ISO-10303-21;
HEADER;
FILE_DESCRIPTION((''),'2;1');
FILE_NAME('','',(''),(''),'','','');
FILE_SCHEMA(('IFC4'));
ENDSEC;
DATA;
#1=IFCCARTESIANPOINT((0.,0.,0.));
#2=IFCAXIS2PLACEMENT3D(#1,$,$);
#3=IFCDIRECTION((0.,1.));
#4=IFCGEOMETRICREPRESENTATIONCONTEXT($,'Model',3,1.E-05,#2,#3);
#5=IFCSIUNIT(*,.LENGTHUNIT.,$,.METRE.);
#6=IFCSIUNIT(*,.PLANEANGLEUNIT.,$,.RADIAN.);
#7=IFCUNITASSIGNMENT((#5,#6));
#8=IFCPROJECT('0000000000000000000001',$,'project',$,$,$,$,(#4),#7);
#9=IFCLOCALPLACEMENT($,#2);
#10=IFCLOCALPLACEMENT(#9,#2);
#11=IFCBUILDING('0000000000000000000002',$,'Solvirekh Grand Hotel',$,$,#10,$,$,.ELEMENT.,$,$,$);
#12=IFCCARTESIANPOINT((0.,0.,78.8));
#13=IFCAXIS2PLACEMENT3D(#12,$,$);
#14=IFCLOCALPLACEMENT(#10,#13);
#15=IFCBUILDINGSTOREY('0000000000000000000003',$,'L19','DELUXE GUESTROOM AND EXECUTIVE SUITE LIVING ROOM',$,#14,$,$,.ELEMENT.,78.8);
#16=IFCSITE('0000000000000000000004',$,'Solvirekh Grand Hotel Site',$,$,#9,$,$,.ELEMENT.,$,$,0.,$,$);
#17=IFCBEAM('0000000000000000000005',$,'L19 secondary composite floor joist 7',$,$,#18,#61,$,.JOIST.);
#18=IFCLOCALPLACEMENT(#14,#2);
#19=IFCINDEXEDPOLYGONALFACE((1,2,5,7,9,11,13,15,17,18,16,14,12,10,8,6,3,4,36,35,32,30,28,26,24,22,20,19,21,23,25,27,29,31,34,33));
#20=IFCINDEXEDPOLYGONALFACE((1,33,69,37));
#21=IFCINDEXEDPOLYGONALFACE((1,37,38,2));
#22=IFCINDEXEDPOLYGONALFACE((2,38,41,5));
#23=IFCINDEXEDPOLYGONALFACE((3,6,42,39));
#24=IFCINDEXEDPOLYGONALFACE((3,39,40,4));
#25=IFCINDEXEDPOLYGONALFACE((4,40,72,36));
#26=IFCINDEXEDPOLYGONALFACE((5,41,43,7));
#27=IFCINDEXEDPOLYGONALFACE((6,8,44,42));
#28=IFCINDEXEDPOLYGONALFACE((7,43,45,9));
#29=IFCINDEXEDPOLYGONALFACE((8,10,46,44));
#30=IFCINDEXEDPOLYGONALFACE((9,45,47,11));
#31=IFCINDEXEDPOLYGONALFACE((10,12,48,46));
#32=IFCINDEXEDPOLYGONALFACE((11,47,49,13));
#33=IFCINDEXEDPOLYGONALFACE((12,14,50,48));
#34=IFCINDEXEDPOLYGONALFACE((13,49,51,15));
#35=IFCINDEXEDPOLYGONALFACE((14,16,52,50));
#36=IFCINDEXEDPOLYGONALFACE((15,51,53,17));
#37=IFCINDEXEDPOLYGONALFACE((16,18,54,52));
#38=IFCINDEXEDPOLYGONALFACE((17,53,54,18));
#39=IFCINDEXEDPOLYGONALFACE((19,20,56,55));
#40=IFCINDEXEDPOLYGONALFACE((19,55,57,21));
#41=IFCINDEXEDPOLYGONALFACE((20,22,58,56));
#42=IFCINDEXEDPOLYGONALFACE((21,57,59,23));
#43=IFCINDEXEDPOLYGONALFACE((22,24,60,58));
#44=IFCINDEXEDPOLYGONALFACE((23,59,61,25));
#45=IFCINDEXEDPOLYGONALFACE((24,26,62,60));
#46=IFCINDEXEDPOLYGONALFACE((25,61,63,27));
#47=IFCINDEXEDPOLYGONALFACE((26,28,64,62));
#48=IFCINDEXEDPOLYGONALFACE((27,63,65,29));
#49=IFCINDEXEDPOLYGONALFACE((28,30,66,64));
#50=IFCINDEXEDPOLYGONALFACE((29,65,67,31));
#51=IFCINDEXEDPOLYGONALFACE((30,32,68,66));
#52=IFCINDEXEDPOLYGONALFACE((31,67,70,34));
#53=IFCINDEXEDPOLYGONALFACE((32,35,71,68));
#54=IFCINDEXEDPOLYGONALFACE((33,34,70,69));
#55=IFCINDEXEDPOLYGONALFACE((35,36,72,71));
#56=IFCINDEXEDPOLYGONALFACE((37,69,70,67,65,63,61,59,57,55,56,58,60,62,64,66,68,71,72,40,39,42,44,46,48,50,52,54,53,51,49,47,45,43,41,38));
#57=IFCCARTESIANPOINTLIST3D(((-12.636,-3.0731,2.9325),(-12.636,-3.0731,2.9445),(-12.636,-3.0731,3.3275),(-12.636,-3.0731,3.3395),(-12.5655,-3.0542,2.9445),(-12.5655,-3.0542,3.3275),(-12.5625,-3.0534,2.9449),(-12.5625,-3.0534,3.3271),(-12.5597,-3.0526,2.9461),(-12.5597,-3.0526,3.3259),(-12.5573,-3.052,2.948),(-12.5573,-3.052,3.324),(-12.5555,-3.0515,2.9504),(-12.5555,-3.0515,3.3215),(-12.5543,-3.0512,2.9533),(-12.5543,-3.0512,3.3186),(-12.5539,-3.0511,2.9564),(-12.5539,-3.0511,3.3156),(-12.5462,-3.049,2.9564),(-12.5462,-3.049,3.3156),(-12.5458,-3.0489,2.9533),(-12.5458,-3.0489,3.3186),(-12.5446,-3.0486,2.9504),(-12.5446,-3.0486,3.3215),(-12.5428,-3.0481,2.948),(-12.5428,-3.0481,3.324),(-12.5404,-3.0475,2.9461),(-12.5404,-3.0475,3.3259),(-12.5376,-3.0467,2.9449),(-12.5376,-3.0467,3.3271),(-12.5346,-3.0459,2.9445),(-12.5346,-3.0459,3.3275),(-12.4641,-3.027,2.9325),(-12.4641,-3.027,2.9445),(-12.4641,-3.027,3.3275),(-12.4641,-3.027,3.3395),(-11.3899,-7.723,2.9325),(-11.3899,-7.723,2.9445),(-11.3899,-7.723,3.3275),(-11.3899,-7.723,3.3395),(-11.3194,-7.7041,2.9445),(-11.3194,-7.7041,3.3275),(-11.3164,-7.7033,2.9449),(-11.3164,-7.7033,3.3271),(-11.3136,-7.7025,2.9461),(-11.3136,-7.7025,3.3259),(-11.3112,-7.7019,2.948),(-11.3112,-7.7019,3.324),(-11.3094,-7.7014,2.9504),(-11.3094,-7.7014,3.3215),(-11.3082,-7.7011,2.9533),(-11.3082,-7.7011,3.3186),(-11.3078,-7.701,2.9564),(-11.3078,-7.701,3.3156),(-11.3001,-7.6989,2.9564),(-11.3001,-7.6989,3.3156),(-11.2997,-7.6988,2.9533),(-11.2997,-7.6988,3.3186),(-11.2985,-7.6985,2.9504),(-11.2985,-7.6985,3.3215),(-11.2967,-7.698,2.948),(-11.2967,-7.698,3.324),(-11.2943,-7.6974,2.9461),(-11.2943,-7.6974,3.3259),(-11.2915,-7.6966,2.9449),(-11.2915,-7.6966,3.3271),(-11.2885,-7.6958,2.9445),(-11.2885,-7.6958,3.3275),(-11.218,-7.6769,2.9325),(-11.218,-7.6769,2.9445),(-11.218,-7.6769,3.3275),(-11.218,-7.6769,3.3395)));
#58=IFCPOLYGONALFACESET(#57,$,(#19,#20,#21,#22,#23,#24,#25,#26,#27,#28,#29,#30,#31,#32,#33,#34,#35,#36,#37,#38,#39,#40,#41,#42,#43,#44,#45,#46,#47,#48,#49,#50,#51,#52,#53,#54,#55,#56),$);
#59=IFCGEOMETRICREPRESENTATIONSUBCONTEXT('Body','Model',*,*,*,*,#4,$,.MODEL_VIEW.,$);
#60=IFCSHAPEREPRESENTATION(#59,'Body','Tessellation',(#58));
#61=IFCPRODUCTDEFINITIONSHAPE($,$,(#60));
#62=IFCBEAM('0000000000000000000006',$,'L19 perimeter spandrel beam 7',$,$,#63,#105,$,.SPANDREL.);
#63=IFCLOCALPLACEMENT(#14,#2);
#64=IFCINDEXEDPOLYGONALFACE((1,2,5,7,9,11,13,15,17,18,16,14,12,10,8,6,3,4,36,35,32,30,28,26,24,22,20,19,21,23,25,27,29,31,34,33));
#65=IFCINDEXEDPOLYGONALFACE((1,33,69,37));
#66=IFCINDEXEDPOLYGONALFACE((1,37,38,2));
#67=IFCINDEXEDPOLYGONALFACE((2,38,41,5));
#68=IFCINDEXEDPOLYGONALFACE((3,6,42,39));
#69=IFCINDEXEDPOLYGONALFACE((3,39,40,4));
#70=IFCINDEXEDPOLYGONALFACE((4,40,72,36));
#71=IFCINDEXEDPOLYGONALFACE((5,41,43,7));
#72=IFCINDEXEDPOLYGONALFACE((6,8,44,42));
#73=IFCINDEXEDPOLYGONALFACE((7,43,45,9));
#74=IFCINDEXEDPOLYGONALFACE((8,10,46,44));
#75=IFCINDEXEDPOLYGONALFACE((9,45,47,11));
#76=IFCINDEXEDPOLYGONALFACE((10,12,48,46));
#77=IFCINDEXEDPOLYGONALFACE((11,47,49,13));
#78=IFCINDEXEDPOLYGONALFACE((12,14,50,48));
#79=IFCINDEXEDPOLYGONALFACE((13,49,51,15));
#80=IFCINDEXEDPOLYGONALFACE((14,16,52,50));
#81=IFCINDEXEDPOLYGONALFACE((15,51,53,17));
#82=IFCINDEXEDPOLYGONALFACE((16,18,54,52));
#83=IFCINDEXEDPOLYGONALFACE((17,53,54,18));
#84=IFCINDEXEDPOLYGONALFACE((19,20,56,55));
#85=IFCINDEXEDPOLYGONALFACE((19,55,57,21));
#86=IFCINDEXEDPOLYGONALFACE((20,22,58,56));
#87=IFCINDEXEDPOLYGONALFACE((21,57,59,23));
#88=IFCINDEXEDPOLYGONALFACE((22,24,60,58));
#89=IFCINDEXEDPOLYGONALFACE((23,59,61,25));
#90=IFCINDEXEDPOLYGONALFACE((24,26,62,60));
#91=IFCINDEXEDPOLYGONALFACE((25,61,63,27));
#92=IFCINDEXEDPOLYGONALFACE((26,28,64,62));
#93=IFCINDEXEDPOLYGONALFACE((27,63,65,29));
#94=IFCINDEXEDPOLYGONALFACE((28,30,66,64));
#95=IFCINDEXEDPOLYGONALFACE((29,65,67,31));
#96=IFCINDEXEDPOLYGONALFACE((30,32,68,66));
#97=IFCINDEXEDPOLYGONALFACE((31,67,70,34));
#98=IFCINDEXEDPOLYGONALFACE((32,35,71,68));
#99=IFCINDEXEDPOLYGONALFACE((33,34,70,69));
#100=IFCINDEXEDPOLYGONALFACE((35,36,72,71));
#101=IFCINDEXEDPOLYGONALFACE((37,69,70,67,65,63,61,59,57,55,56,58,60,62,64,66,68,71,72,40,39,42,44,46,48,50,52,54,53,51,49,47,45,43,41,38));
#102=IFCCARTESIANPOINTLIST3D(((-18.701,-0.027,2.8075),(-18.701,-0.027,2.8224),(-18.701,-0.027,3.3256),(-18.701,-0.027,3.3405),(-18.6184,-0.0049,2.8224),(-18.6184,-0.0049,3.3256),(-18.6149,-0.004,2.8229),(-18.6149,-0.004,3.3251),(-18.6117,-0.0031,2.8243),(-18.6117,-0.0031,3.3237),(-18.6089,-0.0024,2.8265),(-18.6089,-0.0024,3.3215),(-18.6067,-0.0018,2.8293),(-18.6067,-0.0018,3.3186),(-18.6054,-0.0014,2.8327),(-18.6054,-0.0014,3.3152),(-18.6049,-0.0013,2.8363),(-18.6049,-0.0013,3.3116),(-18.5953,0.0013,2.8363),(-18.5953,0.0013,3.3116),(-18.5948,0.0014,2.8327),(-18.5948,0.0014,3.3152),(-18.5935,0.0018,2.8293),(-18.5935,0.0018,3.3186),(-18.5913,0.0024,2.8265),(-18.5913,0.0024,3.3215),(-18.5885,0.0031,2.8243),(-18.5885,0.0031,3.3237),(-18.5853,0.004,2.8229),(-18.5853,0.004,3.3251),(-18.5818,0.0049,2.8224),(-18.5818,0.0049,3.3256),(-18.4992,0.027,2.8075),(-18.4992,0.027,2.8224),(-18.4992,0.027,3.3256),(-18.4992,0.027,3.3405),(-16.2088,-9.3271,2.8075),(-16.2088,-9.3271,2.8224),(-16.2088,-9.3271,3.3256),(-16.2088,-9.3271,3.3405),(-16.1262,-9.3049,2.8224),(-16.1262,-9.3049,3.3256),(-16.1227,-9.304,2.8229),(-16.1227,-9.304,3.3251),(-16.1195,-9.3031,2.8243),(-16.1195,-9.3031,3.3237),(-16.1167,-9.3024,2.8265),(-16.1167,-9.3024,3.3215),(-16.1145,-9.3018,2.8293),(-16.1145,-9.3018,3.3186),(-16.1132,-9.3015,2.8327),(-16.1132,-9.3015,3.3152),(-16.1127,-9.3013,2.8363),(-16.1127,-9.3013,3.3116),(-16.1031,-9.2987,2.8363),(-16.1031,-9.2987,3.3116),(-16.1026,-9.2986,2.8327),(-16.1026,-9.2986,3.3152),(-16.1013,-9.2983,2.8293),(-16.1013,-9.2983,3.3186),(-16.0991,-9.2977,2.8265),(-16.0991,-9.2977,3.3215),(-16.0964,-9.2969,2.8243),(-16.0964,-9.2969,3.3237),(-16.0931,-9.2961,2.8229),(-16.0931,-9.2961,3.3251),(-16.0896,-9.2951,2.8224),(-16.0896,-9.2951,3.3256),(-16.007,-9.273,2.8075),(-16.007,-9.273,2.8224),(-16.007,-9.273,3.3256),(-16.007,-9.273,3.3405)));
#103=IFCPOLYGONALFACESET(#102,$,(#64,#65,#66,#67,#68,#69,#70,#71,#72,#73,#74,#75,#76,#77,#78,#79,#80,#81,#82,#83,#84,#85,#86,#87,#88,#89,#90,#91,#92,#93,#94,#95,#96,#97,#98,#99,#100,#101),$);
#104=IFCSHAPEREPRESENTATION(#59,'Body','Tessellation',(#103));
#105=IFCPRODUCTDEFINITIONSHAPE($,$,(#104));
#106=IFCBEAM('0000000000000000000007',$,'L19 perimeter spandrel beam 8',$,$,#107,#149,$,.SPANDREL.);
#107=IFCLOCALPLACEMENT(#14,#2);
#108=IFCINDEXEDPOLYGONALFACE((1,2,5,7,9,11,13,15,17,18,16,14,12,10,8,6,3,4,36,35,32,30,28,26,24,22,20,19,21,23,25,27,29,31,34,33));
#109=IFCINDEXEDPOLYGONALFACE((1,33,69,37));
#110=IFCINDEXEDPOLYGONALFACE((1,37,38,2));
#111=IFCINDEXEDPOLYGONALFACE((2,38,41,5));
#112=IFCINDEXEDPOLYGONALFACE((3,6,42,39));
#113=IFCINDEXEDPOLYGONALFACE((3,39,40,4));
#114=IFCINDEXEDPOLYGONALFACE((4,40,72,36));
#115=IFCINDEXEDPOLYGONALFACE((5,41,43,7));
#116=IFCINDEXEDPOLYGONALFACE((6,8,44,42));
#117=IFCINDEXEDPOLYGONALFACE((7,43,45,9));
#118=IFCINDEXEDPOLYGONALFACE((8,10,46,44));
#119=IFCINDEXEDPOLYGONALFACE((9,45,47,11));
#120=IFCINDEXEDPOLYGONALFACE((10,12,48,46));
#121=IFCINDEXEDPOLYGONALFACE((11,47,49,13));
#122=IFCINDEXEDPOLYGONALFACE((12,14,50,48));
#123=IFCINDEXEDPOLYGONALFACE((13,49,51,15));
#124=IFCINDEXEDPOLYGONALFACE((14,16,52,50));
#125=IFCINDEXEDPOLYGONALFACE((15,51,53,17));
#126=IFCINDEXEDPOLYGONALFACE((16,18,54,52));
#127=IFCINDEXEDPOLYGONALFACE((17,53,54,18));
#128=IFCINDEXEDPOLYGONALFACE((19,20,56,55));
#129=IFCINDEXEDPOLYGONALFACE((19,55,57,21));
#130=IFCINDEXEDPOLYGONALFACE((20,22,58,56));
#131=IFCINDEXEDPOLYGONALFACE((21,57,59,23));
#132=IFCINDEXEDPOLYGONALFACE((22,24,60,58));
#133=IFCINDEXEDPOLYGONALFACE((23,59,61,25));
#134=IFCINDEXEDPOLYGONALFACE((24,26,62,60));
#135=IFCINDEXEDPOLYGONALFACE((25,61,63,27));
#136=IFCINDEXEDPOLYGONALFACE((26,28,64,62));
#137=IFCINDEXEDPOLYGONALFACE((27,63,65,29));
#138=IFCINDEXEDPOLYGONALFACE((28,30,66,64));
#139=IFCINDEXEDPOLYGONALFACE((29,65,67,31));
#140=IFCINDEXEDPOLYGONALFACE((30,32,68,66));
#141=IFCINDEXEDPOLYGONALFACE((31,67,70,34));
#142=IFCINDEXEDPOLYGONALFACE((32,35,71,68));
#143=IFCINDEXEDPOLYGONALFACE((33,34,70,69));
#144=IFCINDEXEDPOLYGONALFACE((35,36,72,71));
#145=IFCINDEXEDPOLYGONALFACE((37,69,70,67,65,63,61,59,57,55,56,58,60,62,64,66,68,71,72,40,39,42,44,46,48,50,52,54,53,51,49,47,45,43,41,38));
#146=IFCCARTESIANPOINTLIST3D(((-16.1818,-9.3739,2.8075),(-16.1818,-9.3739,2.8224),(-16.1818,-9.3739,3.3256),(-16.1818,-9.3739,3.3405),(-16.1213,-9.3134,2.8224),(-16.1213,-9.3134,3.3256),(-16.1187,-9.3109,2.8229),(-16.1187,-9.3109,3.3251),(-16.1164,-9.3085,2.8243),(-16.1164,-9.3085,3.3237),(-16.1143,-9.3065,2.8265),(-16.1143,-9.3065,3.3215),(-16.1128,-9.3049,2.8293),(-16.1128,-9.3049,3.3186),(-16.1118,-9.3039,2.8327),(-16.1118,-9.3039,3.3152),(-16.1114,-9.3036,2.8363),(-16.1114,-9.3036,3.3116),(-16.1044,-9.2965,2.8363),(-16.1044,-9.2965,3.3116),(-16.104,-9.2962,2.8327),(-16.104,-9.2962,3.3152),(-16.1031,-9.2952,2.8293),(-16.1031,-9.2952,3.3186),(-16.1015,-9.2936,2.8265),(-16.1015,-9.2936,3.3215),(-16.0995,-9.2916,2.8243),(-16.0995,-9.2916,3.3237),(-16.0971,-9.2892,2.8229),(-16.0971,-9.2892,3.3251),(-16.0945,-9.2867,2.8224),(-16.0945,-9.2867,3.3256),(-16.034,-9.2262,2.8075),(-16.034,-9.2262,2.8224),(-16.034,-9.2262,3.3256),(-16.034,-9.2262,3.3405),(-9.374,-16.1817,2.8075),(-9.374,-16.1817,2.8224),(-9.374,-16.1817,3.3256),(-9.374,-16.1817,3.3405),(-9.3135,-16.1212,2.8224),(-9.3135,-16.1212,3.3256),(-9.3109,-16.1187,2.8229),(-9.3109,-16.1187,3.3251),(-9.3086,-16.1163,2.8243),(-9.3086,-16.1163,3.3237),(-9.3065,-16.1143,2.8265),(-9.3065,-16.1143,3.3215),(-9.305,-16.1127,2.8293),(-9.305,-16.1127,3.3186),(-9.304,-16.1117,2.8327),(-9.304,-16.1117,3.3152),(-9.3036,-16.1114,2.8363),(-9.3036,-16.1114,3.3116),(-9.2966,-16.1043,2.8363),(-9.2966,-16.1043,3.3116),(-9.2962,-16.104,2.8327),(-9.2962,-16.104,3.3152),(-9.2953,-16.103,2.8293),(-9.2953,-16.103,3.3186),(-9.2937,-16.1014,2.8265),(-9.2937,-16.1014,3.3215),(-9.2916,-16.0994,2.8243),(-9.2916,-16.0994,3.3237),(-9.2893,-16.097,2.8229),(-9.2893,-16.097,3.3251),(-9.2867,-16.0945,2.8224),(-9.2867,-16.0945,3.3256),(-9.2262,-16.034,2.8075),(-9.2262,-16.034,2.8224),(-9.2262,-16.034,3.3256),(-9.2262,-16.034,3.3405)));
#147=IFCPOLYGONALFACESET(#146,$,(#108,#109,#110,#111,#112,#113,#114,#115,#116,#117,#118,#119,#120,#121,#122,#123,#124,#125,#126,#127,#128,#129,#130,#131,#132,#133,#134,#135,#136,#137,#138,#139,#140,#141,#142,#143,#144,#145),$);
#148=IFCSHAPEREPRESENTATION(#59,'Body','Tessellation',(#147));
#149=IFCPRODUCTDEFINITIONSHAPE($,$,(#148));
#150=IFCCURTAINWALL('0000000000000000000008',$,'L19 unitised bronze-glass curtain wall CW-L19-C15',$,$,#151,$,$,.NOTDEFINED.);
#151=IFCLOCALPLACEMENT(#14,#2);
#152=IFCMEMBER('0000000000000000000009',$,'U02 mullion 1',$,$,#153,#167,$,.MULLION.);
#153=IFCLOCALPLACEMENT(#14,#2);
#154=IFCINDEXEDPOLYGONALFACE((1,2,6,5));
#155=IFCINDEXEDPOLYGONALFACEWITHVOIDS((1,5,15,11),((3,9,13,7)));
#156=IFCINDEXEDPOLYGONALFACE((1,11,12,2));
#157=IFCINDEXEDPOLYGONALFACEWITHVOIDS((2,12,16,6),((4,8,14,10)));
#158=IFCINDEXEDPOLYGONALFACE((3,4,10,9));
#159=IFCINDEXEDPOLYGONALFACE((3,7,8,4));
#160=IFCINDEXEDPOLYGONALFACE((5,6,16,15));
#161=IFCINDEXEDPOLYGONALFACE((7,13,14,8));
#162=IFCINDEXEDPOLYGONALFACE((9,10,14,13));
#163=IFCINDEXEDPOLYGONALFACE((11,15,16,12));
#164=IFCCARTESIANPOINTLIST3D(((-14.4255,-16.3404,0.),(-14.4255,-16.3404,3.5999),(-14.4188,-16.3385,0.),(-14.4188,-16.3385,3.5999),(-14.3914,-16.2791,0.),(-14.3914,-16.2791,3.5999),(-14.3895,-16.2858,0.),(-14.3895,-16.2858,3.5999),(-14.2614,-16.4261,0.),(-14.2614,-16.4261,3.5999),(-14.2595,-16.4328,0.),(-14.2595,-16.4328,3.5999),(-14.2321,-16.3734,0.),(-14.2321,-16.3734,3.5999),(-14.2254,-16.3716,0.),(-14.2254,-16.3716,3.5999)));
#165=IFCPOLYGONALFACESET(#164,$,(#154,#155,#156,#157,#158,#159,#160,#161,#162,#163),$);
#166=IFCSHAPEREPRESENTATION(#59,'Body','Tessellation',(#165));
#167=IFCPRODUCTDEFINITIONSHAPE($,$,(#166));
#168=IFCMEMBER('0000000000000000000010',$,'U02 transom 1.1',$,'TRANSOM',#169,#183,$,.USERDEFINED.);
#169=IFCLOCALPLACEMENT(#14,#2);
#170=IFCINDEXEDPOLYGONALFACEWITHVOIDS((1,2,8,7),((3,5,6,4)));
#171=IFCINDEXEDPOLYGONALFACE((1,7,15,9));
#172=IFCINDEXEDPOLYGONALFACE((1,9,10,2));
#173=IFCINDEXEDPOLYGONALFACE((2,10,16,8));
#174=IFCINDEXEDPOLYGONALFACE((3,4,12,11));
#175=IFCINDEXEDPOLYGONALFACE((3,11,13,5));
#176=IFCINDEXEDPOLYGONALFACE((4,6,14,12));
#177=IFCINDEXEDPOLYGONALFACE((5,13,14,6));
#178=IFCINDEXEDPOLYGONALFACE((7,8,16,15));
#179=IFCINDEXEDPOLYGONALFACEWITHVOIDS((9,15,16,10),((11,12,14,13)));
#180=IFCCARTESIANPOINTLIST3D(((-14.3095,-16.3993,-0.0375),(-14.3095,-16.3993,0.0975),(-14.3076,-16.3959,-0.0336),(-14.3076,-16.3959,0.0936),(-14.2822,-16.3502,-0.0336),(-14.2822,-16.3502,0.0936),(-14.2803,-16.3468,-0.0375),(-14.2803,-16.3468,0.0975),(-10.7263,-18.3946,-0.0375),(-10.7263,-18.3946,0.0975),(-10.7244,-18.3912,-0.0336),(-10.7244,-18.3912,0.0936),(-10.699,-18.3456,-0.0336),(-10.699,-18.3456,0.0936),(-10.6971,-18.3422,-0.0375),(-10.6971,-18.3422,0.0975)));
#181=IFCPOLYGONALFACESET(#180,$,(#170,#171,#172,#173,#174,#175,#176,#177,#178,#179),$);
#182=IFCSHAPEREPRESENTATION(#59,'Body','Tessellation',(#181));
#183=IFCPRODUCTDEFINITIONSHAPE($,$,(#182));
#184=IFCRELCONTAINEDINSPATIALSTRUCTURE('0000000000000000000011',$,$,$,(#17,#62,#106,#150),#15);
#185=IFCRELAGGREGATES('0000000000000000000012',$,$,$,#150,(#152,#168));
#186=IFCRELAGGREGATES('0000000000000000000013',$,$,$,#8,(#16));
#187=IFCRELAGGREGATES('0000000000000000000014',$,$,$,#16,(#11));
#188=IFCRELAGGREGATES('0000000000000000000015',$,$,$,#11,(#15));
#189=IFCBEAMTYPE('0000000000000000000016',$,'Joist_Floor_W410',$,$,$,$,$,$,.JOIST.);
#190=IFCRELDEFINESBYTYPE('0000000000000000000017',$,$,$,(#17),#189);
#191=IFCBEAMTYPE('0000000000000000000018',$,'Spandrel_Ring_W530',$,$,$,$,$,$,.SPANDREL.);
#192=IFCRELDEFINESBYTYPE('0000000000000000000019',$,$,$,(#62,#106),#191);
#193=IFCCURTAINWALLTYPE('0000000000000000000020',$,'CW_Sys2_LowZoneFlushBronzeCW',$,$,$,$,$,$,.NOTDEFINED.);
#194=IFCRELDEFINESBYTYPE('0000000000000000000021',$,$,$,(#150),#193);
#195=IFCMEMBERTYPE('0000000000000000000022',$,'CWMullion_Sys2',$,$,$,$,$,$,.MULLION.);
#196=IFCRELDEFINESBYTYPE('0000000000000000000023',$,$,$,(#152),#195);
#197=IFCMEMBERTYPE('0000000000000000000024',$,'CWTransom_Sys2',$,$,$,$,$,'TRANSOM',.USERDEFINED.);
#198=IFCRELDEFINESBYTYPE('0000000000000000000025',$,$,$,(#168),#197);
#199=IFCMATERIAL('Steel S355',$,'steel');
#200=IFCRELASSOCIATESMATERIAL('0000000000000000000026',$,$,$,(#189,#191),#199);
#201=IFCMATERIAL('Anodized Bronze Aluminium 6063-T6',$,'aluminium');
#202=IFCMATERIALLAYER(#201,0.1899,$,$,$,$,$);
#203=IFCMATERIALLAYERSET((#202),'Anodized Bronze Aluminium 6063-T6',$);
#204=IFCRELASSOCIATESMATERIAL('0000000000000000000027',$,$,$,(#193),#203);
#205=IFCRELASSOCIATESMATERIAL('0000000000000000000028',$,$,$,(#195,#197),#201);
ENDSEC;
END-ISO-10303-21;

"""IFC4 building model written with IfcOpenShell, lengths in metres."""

from ifc_helpers import new_model, si_unit, direction, frame, origin, origin_2d, place, context, subcontext, project, spatial, hollow_rectangle, i_section, extrude, source, transform, mapped, material, layer, layer_set, material_profile, profile_set, type_object, element, aggregate, save


model = new_model("IFC4")

# Units and contexts
model_context = context("Model", 3, precision=1e-05, world=origin(), true_north=direction((0.0, 1.0)))
body_context = subcontext(model_context, "Body", "Model", "MODEL_VIEW")
ifc_project = project(units=[si_unit("LENGTHUNIT", "METRE"), si_unit("PLANEANGLEUNIT", "RADIAN")], contexts=[model_context])

# Site, building, storey
site_placement = place(None, origin())
site = spatial("IfcSite", under=ifc_project, at=site_placement, Name="Solvirekh Grand Hotel Site", CompositionType="ELEMENT", RefElevation=0.0)
building_placement = place(site_placement, origin())
building = spatial("IfcBuilding", under=site, at=building_placement, Name="Solvirekh Grand Hotel", CompositionType="ELEMENT")
storey_placement = place(building_placement, frame((0.0, 0.0, 78.8)))
storey = spatial("IfcBuildingStorey", under=building, at=storey_placement, Name="L19", Description="DELUXE GUESTROOM AND EXECUTIVE SUITE LIVING ROOM", CompositionType="ELEMENT", Elevation=78.8)

# Beams
ifc_material_1 = material(Name="Steel S355", Category="steel")
ifc_material_profile_1 = material_profile(ifc_material_1, i_section(OverallWidth=0.178, OverallDepth=0.407, WebThickness=0.0081, FlangeThickness=0.012, FilletRadius=0.012, at=origin_2d()), Name="W410X60")
ifc_profile_set_1 = profile_set([ifc_material_profile_1], Name="Steel S355")
beam_type_1 = type_object("IfcBeamType", Name="Joist_Floor_W410", PredefinedType="JOIST", material=ifc_profile_set_1)
beam_1_placement = place(storey_placement, frame((-12.55, -3.05, 3.136), z_axis=(0.258849, -0.965918, 0.0), x_axis=(0.965918, 0.258849, 0.0)))
element("IfcBeam", 1, at=beam_1_placement, inside=storey, type_object=beam_type_1, Name="L19 secondary composite floor joist 7", PredefinedType="JOIST", context=body_context, shape_type="SweptSolid", body=[
    extrude(i_section(OverallWidth=0.178, OverallDepth=0.407, WebThickness=0.0081, FlangeThickness=0.012, FilletRadius=0.012, at=origin_2d()), origin(), (0.0, 0.0, 1.0), 4.814),
])
ifc_material_profile_2 = material_profile(ifc_material_1, i_section(OverallWidth=0.209, OverallDepth=0.533, WebThickness=0.01, FlangeThickness=0.0149, FilletRadius=0.0139, at=origin_2d()), Name="W530X92")
ifc_profile_set_2 = profile_set([ifc_material_profile_2], Name="Steel S355")
beam_type_2 = type_object("IfcBeamType", Name="Spandrel_Ring_W530", PredefinedType="SPANDREL", material=ifc_profile_set_2)
beam_2_placement = place(storey_placement, frame((-18.6001, 0.0, 3.074), z_axis=(0.258843, -0.965919, 0.0), x_axis=(0.965919, 0.258843, 0.0)))
element("IfcBeam", 2, at=beam_2_placement, inside=storey, type_object=beam_type_2, Name="L19 perimeter spandrel beam 7", PredefinedType="SPANDREL", context=body_context, shape_type="SweptSolid", body=[
    extrude(i_section(OverallWidth=0.209, OverallDepth=0.533, WebThickness=0.01, FlangeThickness=0.0149, FilletRadius=0.0139, at=origin_2d()), origin(), (0.0, 0.0, 1.0), 9.6282),
])
beam_3_placement = place(storey_placement, frame((-16.1079, -9.3, 3.074), z_axis=(0.707107, -0.707107, 0.0), x_axis=(0.707107, 0.707107, 0.0)))
element("IfcBeam", 3, at=beam_3_placement, inside=storey, type_object=beam_type_2, Name="L19 perimeter spandrel beam 8", PredefinedType="SPANDREL", context=body_context, shape_type="SweptSolid", body=[
    extrude(i_section(OverallWidth=0.209, OverallDepth=0.533, WebThickness=0.01, FlangeThickness=0.0149, FilletRadius=0.0139, at=origin_2d()), origin(), (0.0, 0.0, 1.0), 9.6277),
])

# Curtain wall, members
ifc_material_2 = material(Name="Anodized Bronze Aluminium 6063-T6", Category="aluminium")
ifc_layer_1 = layer(ifc_material_2, 0.1899)
ifc_layer_set_1 = layer_set([ifc_layer_1], Name="Anodized Bronze Aluminium 6063-T6")
curtain_wall_type = type_object("IfcCurtainWallType", Name="CW_Sys2_LowZoneFlushBronzeCW", PredefinedType="NOTDEFINED", material=ifc_layer_set_1)
curtain_wall_placement = place(storey_placement, origin())
curtain_wall = element("IfcCurtainWall", 4, at=curtain_wall_placement, inside=storey, type_object=curtain_wall_type, Name="L19 unitised bronze-glass curtain wall CW-L19-C15", PredefinedType="NOTDEFINED")
ifc_material_profile_3 = material_profile(ifc_material_2, hollow_rectangle(XDim=0.0701, YDim=0.1899, WallThickness=0.0049, at=origin_2d()), Name="ALU RHS 190X70X5")
ifc_profile_set_3 = profile_set([ifc_material_profile_3], Name="Anodized Bronze Aluminium 6063-T6")
member_type_1 = type_object("IfcMemberType", Name="CWMullion_Sys2", PredefinedType="MULLION", material=ifc_profile_set_3)
shared_shape_1 = source(origin(), body_context, "Body", "SweptSolid", [
    extrude(hollow_rectangle(XDim=0.0701, YDim=0.1899, WallThickness=0.0049, at=origin_2d()), origin(), (0.0, 0.0, 1.0), 3.5999),
])
member_1_placement = place(storey_placement, frame((-14.3254, -16.356, 0.0), z_axis=(0.0, 0.0, 1.0), x_axis=(0.486521, 0.873669, 0.0)))
member_1 = element("IfcMember", 5, at=member_1_placement, type_object=member_type_1, Name="U02 mullion 1", PredefinedType="MULLION", context=body_context, shape_type="MappedRepresentation", body=[
    mapped(shared_shape_1, transform((0.0, 0.0, 0.0), x_axis=(1.0, 0.0, 0.0), y_axis=(0.0, 1.0, 0.0), z_axis=(0.0, 0.0, 1.0), scale=1.0)),
])
ifc_material_profile_4 = material_profile(ifc_material_2, hollow_rectangle(XDim=0.0601, YDim=0.135, WallThickness=0.0039, at=origin_2d()), Name="ALU RHS 135X60X4")
ifc_profile_set_4 = profile_set([ifc_material_profile_4], Name="Anodized Bronze Aluminium 6063-T6")
member_type_2 = type_object("IfcMemberType", Name="CWTransom_Sys2", ElementType="TRANSOM", PredefinedType="USERDEFINED", material=ifc_profile_set_4)
shared_shape_2 = source(origin(), body_context, "Body", "SweptSolid", [
    extrude(hollow_rectangle(XDim=0.0601, YDim=0.135, WallThickness=0.0039, at=origin_2d()), origin(), (0.0, 0.0, 1.0), 4.1013),
])
member_2_placement = place(storey_placement, frame((-14.2949, -16.373, 0.03), z_axis=(0.873674, -0.486512, 0.0), x_axis=(0.486512, 0.873674, 0.0)))
member_2 = element("IfcMember", 6, at=member_2_placement, type_object=member_type_2, Name="U02 transom 1.1", ObjectType="TRANSOM", PredefinedType="USERDEFINED", context=body_context, shape_type="MappedRepresentation", body=[
    mapped(shared_shape_2, transform((0.0, 0.0, 0.0), x_axis=(1.0, 0.0, 0.0), y_axis=(0.0, 1.0, 0.0), z_axis=(0.0, 0.0, 1.0), scale=1.0)),
])
aggregate(curtain_wall, [member_1, member_2])

save(model, "model.ifc")
